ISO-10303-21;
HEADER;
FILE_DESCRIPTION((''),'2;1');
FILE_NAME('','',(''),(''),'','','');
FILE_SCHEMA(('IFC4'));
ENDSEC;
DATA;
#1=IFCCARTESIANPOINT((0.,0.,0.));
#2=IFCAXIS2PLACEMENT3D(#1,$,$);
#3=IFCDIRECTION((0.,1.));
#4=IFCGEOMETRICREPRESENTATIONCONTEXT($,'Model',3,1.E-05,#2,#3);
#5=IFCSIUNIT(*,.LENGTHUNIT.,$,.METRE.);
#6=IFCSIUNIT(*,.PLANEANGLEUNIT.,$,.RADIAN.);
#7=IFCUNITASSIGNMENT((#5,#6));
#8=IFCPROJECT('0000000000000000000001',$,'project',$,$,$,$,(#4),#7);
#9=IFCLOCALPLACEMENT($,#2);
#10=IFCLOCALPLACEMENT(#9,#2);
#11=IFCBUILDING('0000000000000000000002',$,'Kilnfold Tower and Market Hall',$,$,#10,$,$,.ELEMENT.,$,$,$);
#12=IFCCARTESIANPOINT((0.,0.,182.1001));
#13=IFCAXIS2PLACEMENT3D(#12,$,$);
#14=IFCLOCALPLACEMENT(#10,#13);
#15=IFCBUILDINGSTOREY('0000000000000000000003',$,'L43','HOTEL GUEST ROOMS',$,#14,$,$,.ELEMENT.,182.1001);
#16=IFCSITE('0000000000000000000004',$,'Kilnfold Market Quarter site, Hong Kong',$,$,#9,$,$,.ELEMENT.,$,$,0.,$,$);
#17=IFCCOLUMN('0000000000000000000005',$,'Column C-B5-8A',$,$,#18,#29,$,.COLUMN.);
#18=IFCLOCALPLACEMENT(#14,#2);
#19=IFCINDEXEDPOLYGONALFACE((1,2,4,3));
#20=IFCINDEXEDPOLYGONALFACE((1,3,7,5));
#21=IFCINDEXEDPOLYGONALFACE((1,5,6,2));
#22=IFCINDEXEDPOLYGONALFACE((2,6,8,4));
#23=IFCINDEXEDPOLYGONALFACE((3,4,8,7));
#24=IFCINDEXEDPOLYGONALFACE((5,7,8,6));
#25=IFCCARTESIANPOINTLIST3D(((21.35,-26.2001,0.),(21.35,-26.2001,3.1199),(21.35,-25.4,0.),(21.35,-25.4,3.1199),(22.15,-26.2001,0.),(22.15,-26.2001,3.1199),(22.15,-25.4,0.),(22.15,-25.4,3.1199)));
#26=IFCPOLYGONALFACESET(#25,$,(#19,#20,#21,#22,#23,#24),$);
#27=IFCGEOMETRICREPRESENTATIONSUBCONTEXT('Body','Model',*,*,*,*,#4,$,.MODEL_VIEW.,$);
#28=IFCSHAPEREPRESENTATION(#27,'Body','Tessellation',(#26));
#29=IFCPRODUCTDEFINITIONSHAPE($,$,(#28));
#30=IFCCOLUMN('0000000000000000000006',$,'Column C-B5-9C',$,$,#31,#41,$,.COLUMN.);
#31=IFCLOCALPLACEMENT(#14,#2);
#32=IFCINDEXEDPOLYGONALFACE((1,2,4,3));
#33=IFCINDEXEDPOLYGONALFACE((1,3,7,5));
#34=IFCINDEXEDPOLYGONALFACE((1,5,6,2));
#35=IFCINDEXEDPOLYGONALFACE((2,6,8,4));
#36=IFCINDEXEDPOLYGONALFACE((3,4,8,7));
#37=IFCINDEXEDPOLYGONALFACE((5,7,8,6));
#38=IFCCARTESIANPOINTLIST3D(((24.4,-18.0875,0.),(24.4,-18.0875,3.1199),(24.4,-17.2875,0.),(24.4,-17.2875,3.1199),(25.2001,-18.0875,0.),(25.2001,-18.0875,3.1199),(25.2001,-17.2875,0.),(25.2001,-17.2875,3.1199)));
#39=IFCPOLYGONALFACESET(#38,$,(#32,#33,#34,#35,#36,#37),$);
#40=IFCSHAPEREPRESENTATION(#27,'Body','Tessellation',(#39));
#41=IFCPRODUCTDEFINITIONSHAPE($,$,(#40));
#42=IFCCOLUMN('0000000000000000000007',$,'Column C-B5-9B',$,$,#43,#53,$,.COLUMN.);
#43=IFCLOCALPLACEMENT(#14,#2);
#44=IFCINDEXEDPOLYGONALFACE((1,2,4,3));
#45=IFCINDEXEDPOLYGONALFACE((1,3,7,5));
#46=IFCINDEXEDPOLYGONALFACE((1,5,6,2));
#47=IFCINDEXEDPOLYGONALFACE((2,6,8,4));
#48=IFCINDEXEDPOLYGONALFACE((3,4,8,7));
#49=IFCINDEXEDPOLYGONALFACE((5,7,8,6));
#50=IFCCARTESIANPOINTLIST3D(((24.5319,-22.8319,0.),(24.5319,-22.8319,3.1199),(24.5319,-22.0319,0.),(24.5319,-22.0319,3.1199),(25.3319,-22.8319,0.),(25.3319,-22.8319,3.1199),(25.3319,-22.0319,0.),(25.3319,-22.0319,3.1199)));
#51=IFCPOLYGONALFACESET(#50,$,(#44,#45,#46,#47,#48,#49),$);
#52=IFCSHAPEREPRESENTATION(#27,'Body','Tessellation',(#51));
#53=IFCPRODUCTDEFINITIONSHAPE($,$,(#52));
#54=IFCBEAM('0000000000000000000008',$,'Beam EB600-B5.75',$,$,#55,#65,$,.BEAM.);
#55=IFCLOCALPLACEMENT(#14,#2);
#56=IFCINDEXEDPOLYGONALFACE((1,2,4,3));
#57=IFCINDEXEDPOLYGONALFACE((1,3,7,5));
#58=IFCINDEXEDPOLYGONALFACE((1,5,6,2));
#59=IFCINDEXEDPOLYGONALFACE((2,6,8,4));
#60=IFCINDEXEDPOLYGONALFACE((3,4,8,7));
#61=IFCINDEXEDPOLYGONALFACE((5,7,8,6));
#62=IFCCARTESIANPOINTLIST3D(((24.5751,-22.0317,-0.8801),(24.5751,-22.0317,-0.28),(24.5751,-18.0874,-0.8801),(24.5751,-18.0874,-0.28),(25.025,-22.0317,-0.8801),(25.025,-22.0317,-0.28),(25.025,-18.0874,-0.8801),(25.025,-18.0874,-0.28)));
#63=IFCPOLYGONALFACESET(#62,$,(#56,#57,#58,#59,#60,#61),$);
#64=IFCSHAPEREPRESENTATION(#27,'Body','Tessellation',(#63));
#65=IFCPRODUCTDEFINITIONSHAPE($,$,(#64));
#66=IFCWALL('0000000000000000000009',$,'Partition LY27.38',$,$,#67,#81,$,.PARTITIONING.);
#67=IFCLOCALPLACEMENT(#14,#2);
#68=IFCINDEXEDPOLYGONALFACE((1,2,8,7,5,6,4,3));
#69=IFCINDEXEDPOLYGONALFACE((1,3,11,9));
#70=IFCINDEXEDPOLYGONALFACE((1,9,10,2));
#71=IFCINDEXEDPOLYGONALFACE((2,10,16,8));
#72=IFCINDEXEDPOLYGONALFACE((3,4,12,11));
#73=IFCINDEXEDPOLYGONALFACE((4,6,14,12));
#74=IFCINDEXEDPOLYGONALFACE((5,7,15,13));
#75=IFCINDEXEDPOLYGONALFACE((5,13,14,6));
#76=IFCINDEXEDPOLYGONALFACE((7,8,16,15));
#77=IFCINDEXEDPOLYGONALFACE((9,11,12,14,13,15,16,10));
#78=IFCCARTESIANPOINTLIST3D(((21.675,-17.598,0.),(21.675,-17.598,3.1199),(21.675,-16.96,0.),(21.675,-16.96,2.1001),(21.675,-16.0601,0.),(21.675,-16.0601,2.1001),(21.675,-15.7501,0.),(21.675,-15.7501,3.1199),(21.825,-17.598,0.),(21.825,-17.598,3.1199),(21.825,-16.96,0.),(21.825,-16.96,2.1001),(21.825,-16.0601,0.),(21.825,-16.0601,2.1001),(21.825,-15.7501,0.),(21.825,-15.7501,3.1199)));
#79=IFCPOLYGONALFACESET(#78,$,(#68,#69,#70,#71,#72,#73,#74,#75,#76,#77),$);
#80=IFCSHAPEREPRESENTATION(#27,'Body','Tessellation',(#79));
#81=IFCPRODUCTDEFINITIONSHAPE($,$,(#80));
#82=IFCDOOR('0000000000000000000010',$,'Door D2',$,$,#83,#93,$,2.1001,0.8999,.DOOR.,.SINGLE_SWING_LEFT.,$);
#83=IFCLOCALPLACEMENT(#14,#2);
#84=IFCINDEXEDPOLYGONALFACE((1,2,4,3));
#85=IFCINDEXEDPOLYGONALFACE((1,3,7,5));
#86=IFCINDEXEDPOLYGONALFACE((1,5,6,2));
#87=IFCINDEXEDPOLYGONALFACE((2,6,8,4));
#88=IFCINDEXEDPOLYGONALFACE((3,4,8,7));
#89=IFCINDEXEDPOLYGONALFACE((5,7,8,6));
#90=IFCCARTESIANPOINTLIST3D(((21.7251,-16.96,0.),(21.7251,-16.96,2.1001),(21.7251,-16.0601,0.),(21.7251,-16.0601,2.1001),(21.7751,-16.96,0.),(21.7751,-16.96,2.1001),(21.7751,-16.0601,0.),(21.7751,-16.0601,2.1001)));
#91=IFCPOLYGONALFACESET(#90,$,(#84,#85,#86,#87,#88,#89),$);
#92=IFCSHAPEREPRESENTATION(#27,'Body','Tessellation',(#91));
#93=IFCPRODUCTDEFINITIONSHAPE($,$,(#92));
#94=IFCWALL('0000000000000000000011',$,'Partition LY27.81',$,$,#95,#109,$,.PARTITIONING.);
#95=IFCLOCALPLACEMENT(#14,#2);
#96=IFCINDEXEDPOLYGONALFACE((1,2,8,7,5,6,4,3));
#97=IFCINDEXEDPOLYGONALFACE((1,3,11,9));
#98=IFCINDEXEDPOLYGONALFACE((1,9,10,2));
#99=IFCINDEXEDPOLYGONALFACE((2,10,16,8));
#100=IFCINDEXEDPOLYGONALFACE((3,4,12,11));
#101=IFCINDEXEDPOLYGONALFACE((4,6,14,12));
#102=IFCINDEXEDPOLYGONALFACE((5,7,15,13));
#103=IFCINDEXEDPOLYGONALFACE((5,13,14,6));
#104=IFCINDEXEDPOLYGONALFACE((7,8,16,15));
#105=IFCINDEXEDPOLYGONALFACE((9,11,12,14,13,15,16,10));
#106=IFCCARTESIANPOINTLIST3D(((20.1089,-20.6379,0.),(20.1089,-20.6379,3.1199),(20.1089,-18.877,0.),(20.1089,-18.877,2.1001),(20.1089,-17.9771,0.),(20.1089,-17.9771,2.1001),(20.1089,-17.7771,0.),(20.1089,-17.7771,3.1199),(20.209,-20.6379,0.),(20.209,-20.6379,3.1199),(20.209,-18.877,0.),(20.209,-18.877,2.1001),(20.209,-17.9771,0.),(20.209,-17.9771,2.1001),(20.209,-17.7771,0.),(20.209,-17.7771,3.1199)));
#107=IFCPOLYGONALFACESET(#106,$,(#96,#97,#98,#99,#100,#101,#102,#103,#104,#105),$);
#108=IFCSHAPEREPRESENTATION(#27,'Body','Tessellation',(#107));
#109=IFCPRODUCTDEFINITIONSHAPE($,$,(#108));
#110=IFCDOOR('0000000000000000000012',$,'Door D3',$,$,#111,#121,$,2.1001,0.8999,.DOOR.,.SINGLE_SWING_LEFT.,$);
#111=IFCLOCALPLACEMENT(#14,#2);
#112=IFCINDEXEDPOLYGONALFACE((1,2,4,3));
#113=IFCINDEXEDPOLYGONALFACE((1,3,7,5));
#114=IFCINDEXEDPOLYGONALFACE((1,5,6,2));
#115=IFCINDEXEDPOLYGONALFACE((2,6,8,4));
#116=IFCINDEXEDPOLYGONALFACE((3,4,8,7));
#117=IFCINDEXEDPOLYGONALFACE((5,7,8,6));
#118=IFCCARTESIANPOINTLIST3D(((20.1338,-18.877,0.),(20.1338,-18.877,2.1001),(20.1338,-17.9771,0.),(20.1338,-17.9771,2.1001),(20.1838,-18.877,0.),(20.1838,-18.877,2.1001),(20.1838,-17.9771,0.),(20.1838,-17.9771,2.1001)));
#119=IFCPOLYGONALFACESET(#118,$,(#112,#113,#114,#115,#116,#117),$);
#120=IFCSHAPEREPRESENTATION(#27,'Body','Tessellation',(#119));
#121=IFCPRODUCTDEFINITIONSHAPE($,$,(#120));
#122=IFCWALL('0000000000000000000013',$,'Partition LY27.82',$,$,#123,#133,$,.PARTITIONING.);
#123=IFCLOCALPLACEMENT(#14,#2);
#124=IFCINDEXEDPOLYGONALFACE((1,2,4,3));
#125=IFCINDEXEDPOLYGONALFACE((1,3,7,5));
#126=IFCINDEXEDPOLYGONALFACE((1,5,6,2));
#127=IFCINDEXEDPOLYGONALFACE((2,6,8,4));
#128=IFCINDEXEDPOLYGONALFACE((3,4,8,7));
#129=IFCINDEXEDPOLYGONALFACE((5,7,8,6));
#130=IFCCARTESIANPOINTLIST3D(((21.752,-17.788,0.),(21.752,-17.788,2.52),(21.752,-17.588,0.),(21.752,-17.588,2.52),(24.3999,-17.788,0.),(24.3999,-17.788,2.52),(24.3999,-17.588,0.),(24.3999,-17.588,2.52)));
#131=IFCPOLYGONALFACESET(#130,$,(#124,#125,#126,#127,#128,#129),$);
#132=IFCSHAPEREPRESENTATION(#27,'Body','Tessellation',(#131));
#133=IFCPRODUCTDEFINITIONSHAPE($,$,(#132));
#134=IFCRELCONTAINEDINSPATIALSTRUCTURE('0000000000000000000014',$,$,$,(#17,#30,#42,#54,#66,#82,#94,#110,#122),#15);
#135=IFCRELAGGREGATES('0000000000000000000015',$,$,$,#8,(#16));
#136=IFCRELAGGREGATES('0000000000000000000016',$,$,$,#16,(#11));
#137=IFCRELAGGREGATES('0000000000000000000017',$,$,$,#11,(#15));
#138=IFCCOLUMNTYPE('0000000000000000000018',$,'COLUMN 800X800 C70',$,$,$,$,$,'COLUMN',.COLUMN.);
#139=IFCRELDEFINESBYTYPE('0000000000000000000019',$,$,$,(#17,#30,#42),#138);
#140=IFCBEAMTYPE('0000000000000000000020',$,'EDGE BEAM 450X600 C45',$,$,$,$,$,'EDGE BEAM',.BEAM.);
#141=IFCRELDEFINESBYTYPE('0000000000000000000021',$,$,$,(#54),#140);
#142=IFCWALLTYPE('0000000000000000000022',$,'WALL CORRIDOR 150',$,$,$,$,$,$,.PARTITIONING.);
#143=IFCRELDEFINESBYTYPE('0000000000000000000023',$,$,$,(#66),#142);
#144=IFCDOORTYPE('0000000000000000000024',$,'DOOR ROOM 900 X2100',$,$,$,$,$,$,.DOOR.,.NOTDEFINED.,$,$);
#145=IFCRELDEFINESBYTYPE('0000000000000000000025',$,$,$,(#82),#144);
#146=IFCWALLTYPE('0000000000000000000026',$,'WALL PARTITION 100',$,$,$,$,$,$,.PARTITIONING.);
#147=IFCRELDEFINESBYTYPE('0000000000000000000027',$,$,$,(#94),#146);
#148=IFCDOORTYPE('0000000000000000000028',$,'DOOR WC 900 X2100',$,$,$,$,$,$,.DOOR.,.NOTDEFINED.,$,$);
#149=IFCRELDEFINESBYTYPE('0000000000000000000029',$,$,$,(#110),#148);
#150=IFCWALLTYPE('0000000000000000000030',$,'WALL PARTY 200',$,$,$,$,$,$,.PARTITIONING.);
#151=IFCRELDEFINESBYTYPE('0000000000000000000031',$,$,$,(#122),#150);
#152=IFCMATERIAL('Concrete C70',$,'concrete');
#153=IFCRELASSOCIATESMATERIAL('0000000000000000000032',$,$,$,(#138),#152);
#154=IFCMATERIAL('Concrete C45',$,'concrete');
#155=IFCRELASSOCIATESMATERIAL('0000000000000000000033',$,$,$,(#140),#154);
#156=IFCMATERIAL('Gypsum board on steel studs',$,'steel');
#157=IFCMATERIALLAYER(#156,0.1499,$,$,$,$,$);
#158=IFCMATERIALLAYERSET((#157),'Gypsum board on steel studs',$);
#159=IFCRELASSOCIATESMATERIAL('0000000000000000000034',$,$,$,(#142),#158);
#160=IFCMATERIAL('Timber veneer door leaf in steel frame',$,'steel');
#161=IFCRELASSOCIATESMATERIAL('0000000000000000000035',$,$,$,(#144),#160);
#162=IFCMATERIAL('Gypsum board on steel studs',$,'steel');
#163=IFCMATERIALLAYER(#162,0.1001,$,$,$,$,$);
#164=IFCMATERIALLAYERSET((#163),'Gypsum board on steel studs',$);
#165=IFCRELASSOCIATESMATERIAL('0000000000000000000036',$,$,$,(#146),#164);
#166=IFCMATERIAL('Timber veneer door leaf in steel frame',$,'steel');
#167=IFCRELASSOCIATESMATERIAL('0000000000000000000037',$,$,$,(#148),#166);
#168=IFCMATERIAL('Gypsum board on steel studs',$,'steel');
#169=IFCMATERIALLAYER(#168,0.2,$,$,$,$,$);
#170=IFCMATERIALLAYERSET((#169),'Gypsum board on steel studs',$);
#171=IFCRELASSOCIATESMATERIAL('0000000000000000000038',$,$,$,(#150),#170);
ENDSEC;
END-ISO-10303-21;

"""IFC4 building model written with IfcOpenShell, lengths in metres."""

from ifc_helpers import new_model, si_unit, direction, frame, frame_2d, origin, origin_2d, place, context, subcontext, project, spatial, rectangle, extrude, source, transform, mapped, material, layer, layer_set, material_profile, profile_set, type_object, element, fill, save


model = new_model("IFC4")

# Units and contexts
model_context = context("Model", 3, precision=1e-05, world=origin(), true_north=direction((0.0, 1.0)))
body_context = subcontext(model_context, "Body", "Model", "MODEL_VIEW")
ifc_project = project(units=[si_unit("LENGTHUNIT", "METRE"), si_unit("PLANEANGLEUNIT", "RADIAN")], contexts=[model_context])

# Site, building, storey
site_placement = place(None, origin())
site = spatial("IfcSite", under=ifc_project, at=site_placement, Name="Kilnfold Market Quarter site, Hong Kong", CompositionType="ELEMENT", RefElevation=0.0)
building_placement = place(site_placement, origin())
building = spatial("IfcBuilding", under=site, at=building_placement, Name="Kilnfold Tower and Market Hall", CompositionType="ELEMENT")
storey_placement = place(building_placement, frame((0.0, 0.0, 182.1001)))
storey = spatial("IfcBuildingStorey", under=building, at=storey_placement, Name="L43", Description="HOTEL GUEST ROOMS", CompositionType="ELEMENT", Elevation=182.1001)

# Columns
ifc_material_1 = material(Name="Concrete C70", Category="concrete")
ifc_material_profile_1 = material_profile(ifc_material_1, rectangle(XDim=0.8, YDim=0.8, at=origin_2d()), Name="RC 800x800")
ifc_profile_set_1 = profile_set([ifc_material_profile_1], Name="Concrete C70")
column_type = type_object("IfcColumnType", Name="COLUMN 800X800 C70", ElementType="COLUMN", PredefinedType="COLUMN", material=ifc_profile_set_1)
shared_shape_1 = source(origin(), body_context, "Body", "SweptSolid", [
    extrude(rectangle(XDim=0.8, YDim=0.8, at=origin_2d()), origin(), (0.0, 0.0, 1.0), 3.1199),
])
for number, where, z_axis, x_axis, name in (
    (1, (21.75, -25.8, 0.0), (0.0, 0.0, 1.0), (1.0, 0.0, 0.0), "Column C-B5-8A"),
    (2, (24.8, -17.6875, 0.0), (0.0, 0.0, 1.0), (1.0, 0.0, 0.0), "Column C-B5-9C"),
    (3, (24.9319, -22.4319, 0.0), (0.0, 0.0, 1.0), (1.0, 0.0, 0.0), "Column C-B5-9B"),
):
    element("IfcColumn", number, at=place(storey_placement, frame(where, z_axis=z_axis, x_axis=x_axis)), inside=storey, type_object=column_type, Name=name, PredefinedType="COLUMN", context=body_context, shape_type="MappedRepresentation", body=[
        mapped(shared_shape_1, transform((0.0, 0.0, 0.0))),
    ])

# Beam
ifc_material_2 = material(Name="Concrete C45", Category="concrete")
ifc_material_profile_2 = material_profile(ifc_material_2, rectangle(XDim=0.45, YDim=0.6001, at=origin_2d()), Name="RC 450x600")
ifc_profile_set_2 = profile_set([ifc_material_profile_2], Name="Concrete C45")
beam_type = type_object("IfcBeamType", Name="EDGE BEAM 450X600 C45", ElementType="EDGE BEAM", PredefinedType="BEAM", material=ifc_profile_set_2)
shared_shape_2 = source(origin(), body_context, "Body", "SweptSolid", [
    extrude(rectangle(XDim=0.45, YDim=0.6001, at=origin_2d()), origin(), (0.0, 0.0, 1.0), 3.9443),
])
beam_placement = place(storey_placement, frame((24.8, -22.0317, -0.5801), z_axis=(0.0, 1.0, 0.0), x_axis=(-1.0, 0.0, 0.0)))
element("IfcBeam", 4, at=beam_placement, inside=storey, type_object=beam_type, Name="Beam EB600-B5.75", PredefinedType="BEAM", context=body_context, shape_type="MappedRepresentation", body=[
    mapped(shared_shape_2, transform((0.0, 0.0, 0.0))),
])

# Walls, openings, doors
ifc_material_3 = material(Name="Gypsum board on steel studs", Category="steel")
ifc_layer_1 = layer(ifc_material_3, 0.1499)
ifc_layer_set_1 = layer_set([ifc_layer_1], Name="Gypsum board on steel studs")
wall_type_1 = type_object("IfcWallType", Name="WALL CORRIDOR 150", PredefinedType="PARTITIONING", material=ifc_layer_set_1)
wall_1_placement = place(storey_placement, frame((21.75, -17.5979, 0.0), z_axis=(0.0, 0.0, 1.0), x_axis=(0.0, 1.0, 0.0)))
wall_1 = element("IfcWall", 5, at=wall_1_placement, inside=storey, type_object=wall_type_1, Name="Partition LY27.38", PredefinedType="PARTITIONING", context=body_context, shape_type="SweptSolid", body=[
    extrude(rectangle(XDim=1.8479, YDim=0.1499, at=frame_2d((0.9238, 0.0))), origin(), (0.0, 0.0, 1.0), 3.1199),
])
opening_1_placement = place(wall_1_placement, frame((0.6379, 0.0, 0.0)))
opening_1 = element("IfcOpeningElement", 6, at=opening_1_placement, cuts=wall_1, PredefinedType="OPENING", context=body_context, shape_type="SweptSolid", body=[
    extrude(rectangle(XDim=0.8999, YDim=2.1001, at=frame_2d((0.45, 1.05))), frame((0.0, 0.085, 0.0), z_axis=(0.0, -1.0, 0.0), x_axis=(1.0, 0.0, 0.0)), (0.0, 0.0, 1.0), 0.1699),
])
ifc_material_4 = material(Name="Timber veneer door leaf in steel frame", Category="steel")
door_type_1 = type_object("IfcDoorType", Name="DOOR ROOM 900 X2100", OperationType="NOTDEFINED", PredefinedType="DOOR", material=ifc_material_4)
door_1_placement = place(opening_1_placement, origin())
door_1 = element("IfcDoor", 7, at=door_1_placement, inside=storey, type_object=door_type_1, Name="Door D2", OperationType="SINGLE_SWING_LEFT", OverallHeight=2.1001, OverallWidth=0.8999, PredefinedType="DOOR", context=body_context, shape_type="SweptSolid", body=[
    extrude(rectangle(XDim=0.8999, YDim=2.1001, at=frame_2d((0.45, 1.05))), frame((0.0, 0.0249, 0.0), z_axis=(0.0, -1.0, 0.0), x_axis=(1.0, 0.0, 0.0)), (0.0, 0.0, 1.0), 0.05),
])
fill(opening_1, door_1)
ifc_material_5 = material(Name="Gypsum board on steel studs", Category="steel")
ifc_layer_2 = layer(ifc_material_5, 0.1001)
ifc_layer_set_2 = layer_set([ifc_layer_2], Name="Gypsum board on steel studs")
wall_type_2 = type_object("IfcWallType", Name="WALL PARTITION 100", PredefinedType="PARTITIONING", material=ifc_layer_set_2)
wall_2_placement = place(storey_placement, frame((20.1589, -17.7771, 0.0), z_axis=(0.0, 0.0, 1.0), x_axis=(0.0, -1.0, 0.0)))
wall_2 = element("IfcWall", 8, at=wall_2_placement, inside=storey, type_object=wall_type_2, Name="Partition LY27.81", PredefinedType="PARTITIONING", context=body_context, shape_type="SweptSolid", body=[
    extrude(rectangle(XDim=2.8608, YDim=0.1001, at=frame_2d((1.4304, 0.0))), origin(), (0.0, 0.0, 1.0), 3.1199),
])
opening_2_placement = place(wall_2_placement, frame((0.2, 0.0, 0.0)))
opening_2 = element("IfcOpeningElement", 9, at=opening_2_placement, cuts=wall_2, PredefinedType="OPENING", context=body_context, shape_type="SweptSolid", body=[
    extrude(rectangle(XDim=0.8999, YDim=2.1001, at=frame_2d((0.45, 1.05))), frame((0.0, 0.0601, 0.0), z_axis=(0.0, -1.0, 0.0), x_axis=(1.0, 0.0, 0.0)), (0.0, 0.0, 1.0), 0.1201),
])
ifc_material_6 = material(Name="Timber veneer door leaf in steel frame", Category="steel")
door_type_2 = type_object("IfcDoorType", Name="DOOR WC 900 X2100", OperationType="NOTDEFINED", PredefinedType="DOOR", material=ifc_material_6)
door_2_placement = place(opening_2_placement, origin())
door_2 = element("IfcDoor", 10, at=door_2_placement, inside=storey, type_object=door_type_2, Name="Door D3", OperationType="SINGLE_SWING_LEFT", OverallHeight=2.1001, OverallWidth=0.8999, PredefinedType="DOOR", context=body_context, shape_type="SweptSolid", body=[
    extrude(rectangle(XDim=0.8999, YDim=2.1001, at=frame_2d((0.45, 1.05))), frame((0.0, 0.0249, 0.0), z_axis=(0.0, -1.0, 0.0), x_axis=(1.0, 0.0, 0.0)), (0.0, 0.0, 1.0), 0.05),
])
fill(opening_2, door_2)

# Wall
ifc_material_7 = material(Name="Gypsum board on steel studs", Category="steel")
ifc_layer_3 = layer(ifc_material_7, 0.2)
ifc_layer_set_3 = layer_set([ifc_layer_3], Name="Gypsum board on steel studs")
wall_type_3 = type_object("IfcWallType", Name="WALL PARTY 200", PredefinedType="PARTITIONING", material=ifc_layer_set_3)
wall_3_placement = place(storey_placement, frame((21.752, -17.688, 0.0), z_axis=(0.0, 0.0, 1.0), x_axis=(1.0, 0.0, 0.0)))
element("IfcWall", 11, at=wall_3_placement, inside=storey, type_object=wall_type_3, Name="Partition LY27.82", PredefinedType="PARTITIONING", context=body_context, shape_type="SweptSolid", body=[
    extrude(rectangle(XDim=2.6479, YDim=0.2, at=frame_2d((1.324, 0.0))), origin(), (0.0, 0.0, 1.0), 2.52),
])

save(model, "model.ifc")
